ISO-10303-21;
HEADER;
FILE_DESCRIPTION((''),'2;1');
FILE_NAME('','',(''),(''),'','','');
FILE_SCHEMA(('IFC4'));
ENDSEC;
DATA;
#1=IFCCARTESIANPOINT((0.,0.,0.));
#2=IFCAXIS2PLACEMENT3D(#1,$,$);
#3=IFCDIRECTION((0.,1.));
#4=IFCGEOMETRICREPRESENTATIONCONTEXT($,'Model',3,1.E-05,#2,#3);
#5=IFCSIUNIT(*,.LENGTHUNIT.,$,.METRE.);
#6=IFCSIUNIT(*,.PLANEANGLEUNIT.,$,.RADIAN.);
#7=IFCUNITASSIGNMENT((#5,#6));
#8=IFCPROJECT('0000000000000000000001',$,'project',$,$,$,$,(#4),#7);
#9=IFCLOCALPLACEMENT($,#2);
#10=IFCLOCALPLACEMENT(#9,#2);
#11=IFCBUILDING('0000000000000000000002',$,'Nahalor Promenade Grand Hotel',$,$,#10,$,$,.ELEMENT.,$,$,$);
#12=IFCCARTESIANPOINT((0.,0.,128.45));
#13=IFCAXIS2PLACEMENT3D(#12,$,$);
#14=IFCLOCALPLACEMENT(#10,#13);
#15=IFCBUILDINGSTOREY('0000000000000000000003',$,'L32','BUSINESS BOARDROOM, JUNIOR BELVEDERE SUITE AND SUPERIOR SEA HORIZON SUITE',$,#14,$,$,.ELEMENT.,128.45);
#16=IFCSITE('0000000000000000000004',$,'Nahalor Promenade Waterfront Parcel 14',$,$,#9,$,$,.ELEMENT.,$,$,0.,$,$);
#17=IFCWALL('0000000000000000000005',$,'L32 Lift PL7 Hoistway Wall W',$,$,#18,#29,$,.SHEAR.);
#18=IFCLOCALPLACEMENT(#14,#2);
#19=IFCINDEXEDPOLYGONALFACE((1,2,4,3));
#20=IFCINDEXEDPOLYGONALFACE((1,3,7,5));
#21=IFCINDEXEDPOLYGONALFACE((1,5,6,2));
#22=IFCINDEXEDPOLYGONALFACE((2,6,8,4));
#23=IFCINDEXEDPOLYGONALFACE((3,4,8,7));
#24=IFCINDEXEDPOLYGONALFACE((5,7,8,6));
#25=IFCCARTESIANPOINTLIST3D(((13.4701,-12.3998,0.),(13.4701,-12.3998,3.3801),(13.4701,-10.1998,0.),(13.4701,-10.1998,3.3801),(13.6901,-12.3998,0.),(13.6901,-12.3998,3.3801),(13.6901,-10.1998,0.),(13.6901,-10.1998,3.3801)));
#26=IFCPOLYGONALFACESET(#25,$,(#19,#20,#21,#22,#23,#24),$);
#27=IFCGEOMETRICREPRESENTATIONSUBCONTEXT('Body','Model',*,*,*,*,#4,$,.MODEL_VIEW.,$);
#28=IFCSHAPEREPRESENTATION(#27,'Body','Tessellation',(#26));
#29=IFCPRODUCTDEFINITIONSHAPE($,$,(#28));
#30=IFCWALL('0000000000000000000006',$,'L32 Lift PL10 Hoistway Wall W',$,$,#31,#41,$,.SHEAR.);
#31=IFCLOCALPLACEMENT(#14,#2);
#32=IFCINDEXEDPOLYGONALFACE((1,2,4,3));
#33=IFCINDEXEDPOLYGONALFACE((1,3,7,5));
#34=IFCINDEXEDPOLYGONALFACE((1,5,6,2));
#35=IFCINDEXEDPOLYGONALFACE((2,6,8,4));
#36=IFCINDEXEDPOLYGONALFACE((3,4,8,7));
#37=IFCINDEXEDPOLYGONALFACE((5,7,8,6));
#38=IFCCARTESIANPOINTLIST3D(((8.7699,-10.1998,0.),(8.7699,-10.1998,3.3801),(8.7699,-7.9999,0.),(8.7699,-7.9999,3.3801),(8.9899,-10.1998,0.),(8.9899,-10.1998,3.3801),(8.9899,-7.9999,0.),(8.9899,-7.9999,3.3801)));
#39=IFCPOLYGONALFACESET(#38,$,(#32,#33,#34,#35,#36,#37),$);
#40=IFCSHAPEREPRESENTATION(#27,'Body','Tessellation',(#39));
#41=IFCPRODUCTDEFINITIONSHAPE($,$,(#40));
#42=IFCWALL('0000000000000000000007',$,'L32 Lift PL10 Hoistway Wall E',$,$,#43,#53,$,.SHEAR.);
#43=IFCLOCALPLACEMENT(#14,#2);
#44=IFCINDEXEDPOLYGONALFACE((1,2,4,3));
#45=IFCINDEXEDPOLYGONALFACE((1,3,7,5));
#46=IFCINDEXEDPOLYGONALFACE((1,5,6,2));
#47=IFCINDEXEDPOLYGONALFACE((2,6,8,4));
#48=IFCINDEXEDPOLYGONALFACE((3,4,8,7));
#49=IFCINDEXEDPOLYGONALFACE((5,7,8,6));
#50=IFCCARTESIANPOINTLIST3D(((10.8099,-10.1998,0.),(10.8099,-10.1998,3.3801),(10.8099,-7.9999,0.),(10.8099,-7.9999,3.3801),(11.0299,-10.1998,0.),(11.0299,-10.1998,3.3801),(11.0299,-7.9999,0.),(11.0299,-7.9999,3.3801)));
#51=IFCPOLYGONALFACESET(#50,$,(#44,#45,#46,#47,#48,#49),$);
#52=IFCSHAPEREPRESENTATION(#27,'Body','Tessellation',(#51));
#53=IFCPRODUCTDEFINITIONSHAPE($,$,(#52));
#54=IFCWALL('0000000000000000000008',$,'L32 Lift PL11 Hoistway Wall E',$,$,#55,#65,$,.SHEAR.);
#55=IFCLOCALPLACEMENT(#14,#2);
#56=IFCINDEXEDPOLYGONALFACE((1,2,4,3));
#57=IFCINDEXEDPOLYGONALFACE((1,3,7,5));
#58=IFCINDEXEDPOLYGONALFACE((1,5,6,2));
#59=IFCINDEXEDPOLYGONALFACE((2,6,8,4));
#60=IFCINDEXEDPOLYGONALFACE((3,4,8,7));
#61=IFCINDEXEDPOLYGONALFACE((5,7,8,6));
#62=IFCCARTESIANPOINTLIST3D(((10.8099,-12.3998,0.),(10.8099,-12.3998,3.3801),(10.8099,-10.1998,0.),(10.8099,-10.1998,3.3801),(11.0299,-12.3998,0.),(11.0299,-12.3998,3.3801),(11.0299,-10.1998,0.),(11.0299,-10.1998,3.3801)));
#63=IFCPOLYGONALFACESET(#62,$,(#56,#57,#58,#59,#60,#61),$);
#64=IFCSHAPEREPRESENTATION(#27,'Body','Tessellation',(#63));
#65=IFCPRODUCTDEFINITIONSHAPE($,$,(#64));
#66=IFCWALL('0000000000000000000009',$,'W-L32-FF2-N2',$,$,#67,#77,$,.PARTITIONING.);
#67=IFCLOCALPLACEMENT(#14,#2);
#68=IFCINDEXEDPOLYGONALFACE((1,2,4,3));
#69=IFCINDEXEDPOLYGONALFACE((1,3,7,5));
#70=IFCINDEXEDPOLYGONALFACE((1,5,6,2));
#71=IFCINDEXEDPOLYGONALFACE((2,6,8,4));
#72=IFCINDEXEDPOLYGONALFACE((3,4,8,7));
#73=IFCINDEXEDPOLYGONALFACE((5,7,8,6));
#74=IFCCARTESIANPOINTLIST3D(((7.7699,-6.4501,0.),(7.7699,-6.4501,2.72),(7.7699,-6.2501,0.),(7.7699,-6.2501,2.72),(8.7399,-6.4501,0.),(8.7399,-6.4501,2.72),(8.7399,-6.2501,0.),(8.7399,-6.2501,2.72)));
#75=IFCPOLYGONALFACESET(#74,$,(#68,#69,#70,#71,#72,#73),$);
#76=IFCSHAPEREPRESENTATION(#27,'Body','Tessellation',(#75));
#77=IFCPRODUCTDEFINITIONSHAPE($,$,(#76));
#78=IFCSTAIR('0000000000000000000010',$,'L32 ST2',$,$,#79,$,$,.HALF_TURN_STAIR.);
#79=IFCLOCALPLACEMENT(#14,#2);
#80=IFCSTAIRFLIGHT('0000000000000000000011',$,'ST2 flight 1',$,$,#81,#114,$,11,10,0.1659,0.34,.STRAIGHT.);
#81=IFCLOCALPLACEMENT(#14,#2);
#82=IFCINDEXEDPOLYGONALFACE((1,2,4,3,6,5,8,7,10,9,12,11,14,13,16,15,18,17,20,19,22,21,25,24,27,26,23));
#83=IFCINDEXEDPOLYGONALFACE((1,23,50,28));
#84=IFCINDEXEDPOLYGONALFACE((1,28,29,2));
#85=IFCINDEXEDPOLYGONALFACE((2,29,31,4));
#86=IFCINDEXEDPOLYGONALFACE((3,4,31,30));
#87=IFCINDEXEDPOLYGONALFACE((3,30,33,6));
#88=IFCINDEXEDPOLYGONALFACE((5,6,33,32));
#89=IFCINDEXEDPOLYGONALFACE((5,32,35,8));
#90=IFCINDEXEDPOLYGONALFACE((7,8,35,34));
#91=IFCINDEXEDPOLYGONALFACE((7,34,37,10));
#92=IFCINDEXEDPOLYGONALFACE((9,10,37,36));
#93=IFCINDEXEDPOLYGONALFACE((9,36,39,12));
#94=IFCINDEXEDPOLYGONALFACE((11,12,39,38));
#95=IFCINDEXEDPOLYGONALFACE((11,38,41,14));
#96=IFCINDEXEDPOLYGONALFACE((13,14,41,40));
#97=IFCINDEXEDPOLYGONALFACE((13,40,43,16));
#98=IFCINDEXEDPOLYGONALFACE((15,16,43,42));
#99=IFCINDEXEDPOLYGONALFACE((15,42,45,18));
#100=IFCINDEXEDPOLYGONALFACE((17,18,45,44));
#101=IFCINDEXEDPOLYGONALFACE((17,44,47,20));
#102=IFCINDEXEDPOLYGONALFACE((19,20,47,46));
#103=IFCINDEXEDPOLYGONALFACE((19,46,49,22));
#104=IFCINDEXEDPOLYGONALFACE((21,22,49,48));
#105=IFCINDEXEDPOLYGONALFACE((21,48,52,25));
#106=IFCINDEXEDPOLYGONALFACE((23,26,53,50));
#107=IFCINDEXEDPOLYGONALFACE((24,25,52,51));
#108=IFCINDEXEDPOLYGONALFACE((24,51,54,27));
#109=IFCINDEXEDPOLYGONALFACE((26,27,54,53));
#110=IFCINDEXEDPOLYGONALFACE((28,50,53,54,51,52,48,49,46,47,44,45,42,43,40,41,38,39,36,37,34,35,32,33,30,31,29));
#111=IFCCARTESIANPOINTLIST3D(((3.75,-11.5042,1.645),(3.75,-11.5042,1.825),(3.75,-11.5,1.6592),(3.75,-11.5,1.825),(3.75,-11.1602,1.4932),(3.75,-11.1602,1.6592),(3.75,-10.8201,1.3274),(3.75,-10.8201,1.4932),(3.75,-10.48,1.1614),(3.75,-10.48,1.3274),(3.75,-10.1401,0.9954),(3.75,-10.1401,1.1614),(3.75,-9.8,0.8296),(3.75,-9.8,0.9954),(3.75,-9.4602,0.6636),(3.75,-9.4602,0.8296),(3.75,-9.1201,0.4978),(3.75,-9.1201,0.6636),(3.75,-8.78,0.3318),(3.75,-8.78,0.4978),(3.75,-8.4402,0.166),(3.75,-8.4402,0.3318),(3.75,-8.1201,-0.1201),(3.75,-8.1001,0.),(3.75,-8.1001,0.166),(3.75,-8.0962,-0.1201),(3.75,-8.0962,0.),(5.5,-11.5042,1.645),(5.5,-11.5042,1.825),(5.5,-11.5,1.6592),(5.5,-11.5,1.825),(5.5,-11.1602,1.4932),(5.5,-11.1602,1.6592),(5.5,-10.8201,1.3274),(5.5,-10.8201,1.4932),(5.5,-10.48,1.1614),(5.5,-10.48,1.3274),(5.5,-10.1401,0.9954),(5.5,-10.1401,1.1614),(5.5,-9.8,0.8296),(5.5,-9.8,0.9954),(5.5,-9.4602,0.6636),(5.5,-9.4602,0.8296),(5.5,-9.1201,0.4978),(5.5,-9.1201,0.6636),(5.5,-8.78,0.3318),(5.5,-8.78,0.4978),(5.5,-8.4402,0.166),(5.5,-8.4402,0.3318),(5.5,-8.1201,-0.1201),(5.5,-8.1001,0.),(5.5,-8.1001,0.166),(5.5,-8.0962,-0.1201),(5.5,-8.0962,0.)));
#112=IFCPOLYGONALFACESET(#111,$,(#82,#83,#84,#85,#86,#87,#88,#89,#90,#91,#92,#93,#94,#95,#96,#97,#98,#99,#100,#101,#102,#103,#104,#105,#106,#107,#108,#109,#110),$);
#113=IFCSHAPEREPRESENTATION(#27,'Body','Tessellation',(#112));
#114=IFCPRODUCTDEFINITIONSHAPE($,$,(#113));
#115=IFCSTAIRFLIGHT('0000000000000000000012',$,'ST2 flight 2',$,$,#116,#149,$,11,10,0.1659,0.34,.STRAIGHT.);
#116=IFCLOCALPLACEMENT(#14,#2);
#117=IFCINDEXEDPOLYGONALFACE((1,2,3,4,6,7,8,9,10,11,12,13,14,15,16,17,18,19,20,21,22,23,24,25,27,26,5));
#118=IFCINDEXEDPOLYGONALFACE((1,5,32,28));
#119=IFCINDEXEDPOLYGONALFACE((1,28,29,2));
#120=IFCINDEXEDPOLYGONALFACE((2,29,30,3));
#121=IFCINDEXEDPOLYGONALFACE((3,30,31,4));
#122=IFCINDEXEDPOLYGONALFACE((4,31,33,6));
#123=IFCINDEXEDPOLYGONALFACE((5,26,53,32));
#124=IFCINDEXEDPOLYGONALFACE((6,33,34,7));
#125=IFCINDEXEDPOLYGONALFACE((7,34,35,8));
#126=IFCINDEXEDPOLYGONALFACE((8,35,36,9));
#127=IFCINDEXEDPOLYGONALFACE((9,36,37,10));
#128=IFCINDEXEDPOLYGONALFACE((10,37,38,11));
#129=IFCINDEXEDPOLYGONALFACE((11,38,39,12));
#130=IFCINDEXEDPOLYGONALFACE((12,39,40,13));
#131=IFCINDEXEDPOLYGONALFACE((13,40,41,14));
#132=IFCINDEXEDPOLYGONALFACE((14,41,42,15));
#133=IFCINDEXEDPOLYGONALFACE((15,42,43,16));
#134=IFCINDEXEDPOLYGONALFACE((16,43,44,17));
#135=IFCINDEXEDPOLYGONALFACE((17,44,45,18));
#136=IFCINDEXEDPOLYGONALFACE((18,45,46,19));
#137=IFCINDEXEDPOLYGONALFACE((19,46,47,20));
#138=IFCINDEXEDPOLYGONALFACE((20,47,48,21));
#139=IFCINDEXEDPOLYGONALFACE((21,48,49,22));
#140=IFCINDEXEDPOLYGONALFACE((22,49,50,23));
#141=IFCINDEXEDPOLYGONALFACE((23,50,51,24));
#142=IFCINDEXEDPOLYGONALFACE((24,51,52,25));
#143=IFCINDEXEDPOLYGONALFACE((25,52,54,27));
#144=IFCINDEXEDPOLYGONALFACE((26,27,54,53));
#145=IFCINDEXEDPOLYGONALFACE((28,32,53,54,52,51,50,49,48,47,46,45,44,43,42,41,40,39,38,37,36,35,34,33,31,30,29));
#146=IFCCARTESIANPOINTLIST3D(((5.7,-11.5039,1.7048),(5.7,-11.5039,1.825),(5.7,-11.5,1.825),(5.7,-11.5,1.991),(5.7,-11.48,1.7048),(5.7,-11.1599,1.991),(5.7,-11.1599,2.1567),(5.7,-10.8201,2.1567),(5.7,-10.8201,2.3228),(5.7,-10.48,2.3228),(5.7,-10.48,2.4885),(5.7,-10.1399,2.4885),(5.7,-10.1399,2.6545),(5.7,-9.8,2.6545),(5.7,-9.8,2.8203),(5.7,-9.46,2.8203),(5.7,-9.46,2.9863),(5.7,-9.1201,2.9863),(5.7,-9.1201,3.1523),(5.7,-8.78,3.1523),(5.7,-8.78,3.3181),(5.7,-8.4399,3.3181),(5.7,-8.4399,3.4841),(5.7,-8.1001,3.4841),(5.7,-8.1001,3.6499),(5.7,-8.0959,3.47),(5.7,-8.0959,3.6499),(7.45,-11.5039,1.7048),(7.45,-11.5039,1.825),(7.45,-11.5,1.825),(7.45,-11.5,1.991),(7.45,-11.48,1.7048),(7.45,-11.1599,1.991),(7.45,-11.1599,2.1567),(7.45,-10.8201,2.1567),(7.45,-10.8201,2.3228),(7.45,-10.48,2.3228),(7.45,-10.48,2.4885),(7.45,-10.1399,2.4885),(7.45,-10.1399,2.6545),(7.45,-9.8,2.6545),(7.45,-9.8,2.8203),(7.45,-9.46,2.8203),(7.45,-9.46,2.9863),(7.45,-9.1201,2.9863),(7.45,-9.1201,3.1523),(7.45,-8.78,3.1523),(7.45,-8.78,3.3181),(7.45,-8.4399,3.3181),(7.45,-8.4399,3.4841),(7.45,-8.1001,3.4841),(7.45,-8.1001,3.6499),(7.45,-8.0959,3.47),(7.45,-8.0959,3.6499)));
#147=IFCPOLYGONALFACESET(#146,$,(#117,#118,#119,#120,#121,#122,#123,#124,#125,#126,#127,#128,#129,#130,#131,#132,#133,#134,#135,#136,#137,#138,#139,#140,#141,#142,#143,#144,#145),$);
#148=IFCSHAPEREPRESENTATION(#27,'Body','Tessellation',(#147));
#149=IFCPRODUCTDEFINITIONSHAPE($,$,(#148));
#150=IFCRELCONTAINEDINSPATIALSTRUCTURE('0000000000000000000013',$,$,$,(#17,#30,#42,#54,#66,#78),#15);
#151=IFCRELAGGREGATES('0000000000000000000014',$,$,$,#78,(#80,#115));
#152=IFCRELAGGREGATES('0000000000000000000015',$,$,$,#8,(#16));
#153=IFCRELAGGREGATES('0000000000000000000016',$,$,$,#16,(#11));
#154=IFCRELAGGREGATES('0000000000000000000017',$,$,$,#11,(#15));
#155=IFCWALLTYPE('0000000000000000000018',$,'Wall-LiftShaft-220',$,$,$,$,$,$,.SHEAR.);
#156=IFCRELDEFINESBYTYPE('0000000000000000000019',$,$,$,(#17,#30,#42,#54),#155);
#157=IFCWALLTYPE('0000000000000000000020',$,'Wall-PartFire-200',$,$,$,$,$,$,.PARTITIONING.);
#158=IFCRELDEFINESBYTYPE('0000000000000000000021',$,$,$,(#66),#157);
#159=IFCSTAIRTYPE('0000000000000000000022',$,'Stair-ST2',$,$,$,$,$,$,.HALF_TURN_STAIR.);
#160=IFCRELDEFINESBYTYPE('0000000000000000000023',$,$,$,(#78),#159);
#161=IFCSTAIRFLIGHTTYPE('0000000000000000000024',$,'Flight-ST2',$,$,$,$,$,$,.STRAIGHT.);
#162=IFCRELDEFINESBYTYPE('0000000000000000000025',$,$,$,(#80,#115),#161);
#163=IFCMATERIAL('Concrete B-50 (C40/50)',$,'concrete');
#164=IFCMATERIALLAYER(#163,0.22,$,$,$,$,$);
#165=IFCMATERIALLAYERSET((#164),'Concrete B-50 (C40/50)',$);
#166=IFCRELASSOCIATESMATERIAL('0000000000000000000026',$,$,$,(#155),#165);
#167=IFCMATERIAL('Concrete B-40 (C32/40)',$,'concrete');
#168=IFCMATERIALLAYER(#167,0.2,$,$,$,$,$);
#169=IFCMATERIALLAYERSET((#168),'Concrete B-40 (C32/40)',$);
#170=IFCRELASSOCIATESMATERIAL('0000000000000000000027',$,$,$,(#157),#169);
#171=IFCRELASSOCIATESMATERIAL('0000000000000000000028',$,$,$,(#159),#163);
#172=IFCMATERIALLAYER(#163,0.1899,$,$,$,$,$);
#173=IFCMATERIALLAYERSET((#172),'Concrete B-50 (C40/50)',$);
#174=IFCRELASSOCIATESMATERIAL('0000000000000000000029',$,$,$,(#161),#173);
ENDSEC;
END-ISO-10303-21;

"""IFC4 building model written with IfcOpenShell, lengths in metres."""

from ifc_helpers import new_model, si_unit, direction, frame, frame_2d, origin, place, context, subcontext, project, spatial, polyline, rectangle, outline, extrude, source, transform, mapped, material, layer, layer_set, type_object, element, aggregate, save


model = new_model("IFC4")

# Units and contexts
model_context = context("Model", 3, precision=1e-05, world=origin(), true_north=direction((0.0, 1.0)))
body_context = subcontext(model_context, "Body", "Model", "MODEL_VIEW")
ifc_project = project(units=[si_unit("LENGTHUNIT", "METRE"), si_unit("PLANEANGLEUNIT", "RADIAN")], contexts=[model_context])

# Site, building, storey
site_placement = place(None, origin())
site = spatial("IfcSite", under=ifc_project, at=site_placement, Name="Nahalor Promenade Waterfront Parcel 14", CompositionType="ELEMENT", RefElevation=0.0)
building_placement = place(site_placement, origin())
building = spatial("IfcBuilding", under=site, at=building_placement, Name="Nahalor Promenade Grand Hotel", CompositionType="ELEMENT")
storey_placement = place(building_placement, frame((0.0, 0.0, 128.45)))
storey = spatial("IfcBuildingStorey", under=building, at=storey_placement, Name="L32", Description="BUSINESS BOARDROOM, JUNIOR BELVEDERE SUITE AND SUPERIOR SEA HORIZON SUITE", CompositionType="ELEMENT", Elevation=128.45)

# Walls
ifc_material_1 = material(Name="Concrete B-50 (C40/50)", Category="concrete")
ifc_layer_1 = layer(ifc_material_1, 0.22)
ifc_layer_set_1 = layer_set([ifc_layer_1], Name="Concrete B-50 (C40/50)")
wall_type_1 = type_object("IfcWallType", Name="Wall-LiftShaft-220", PredefinedType="SHEAR", material=ifc_layer_set_1)
shared_shape_1 = source(origin(), body_context, "Body", "SweptSolid", [
    extrude(rectangle(XDim=2.2, YDim=0.22, at=frame_2d((1.1001, 0.0))), origin(), (0.0, 0.0, 1.0), 3.3801),
])
for number, where, z_axis, x_axis, name in (
    (1, (13.5801, -12.3999, 0.0), (0.0, 0.0, 1.0), (0.0, 1.0, 0.0), "L32 Lift PL7 Hoistway Wall W"),
    (2, (8.8799, -10.2, 0.0), (0.0, 0.0, 1.0), (0.0, 1.0, 0.0), "L32 Lift PL10 Hoistway Wall W"),
    (3, (10.9199, -10.2, 0.0), (0.0, 0.0, 1.0), (0.0, 1.0, 0.0), "L32 Lift PL10 Hoistway Wall E"),
    (4, (10.9199, -12.3999, 0.0), (0.0, 0.0, 1.0), (0.0, 1.0, 0.0), "L32 Lift PL11 Hoistway Wall E"),
):
    element("IfcWall", number, at=place(storey_placement, frame(where, z_axis=z_axis, x_axis=x_axis)), inside=storey, type_object=wall_type_1, Name=name, PredefinedType="SHEAR", context=body_context, shape_type="MappedRepresentation", body=[
        mapped(shared_shape_1, transform((0.0, 0.0, 0.0), scale=1.0)),
    ])
ifc_material_2 = material(Name="Concrete B-40 (C32/40)", Category="concrete")
ifc_layer_2 = layer(ifc_material_2, 0.2)
ifc_layer_set_2 = layer_set([ifc_layer_2], Name="Concrete B-40 (C32/40)")
wall_type_2 = type_object("IfcWallType", Name="Wall-PartFire-200", PredefinedType="PARTITIONING", material=ifc_layer_set_2)
shared_shape_2 = source(origin(), body_context, "Body", "SweptSolid", [
    extrude(rectangle(XDim=0.97, YDim=0.2, at=frame_2d((0.4849, 0.0))), origin(), (0.0, 0.0, 1.0), 2.72),
])
wall_1_placement = place(storey_placement, frame((7.77, -6.3501, 0.0), z_axis=(0.0, 0.0, 1.0), x_axis=(1.0, 0.0, 0.0)))
element("IfcWall", 5, at=wall_1_placement, inside=storey, type_object=wall_type_2, Name="W-L32-FF2-N2", PredefinedType="PARTITIONING", context=body_context, shape_type="MappedRepresentation", body=[
    mapped(shared_shape_2, transform((0.0, 0.0, 0.0), scale=1.0)),
])

# Stair, stair flights
stair_type = type_object("IfcStairType", Name="Stair-ST2", PredefinedType="HALF_TURN_STAIR", material=ifc_material_1)
stair_placement = place(storey_placement, origin())
stair = element("IfcStair", 6, at=stair_placement, inside=storey, type_object=stair_type, Name="L32 ST2", PredefinedType="HALF_TURN_STAIR")
ifc_layer_3 = layer(ifc_material_1, 0.1899)
ifc_layer_set_3 = layer_set([ifc_layer_3], Name="Concrete B-50 (C40/50)")
stair_flight_type = type_object("IfcStairFlightType", Name="Flight-ST2", PredefinedType="STRAIGHT", material=ifc_layer_set_3)
shared_shape_3 = source(origin(), body_context, "Body", "SweptSolid", [
    extrude(outline(polyline([(-0.0039, -0.1201), (-0.0039, 0.0), (0.0, 0.0), (0.0, 0.166), (0.3401, 0.166), (0.3401, 0.3318), (0.6799, 0.3318), (0.6799, 0.4978), (1.02, 0.4978), (1.02, 0.6636), (1.3601, 0.6636), (1.3601, 0.8296), (1.7, 0.8296), (1.7, 0.9954), (2.04, 0.9954), (2.04, 1.1614), (2.3799, 1.1614), (2.3799, 1.3274), (2.72, 1.3274), (2.72, 1.4932), (3.0601, 1.4932), (3.0601, 1.6592), (3.3999, 1.6592), (3.3999, 1.825), (3.4041, 1.825), (3.4041, 1.645), (0.02, -0.1201), (-0.0039, -0.1201)])), frame((0.0, 0.875, 0.0), z_axis=(0.0, -1.0, 0.0), x_axis=(1.0, 0.0, 0.0)), (0.0, 0.0, 1.0), 1.75),
])
stair_flight_1_placement = place(storey_placement, frame((4.625, -8.1001, 0.0), z_axis=(0.0, 0.0, 1.0), x_axis=(0.0, -1.0, 0.0)))
stair_flight_1 = element("IfcStairFlight", 7, at=stair_flight_1_placement, type_object=stair_flight_type, Name="ST2 flight 1", NumberOfRisers=11, NumberOfTreads=10, PredefinedType="STRAIGHT", RiserHeight=0.1659, TreadLength=0.34, context=body_context, shape_type="MappedRepresentation", body=[
    mapped(shared_shape_3, transform((0.0, 0.0, 0.0), scale=1.0)),
])
stair_flight_2_placement = place(storey_placement, frame((6.575, -11.5, 1.825), z_axis=(0.0, 0.0, 1.0), x_axis=(0.0, 1.0, 0.0)))
stair_flight_2 = element("IfcStairFlight", 8, at=stair_flight_2_placement, type_object=stair_flight_type, Name="ST2 flight 2", NumberOfRisers=11, NumberOfTreads=10, PredefinedType="STRAIGHT", RiserHeight=0.1659, TreadLength=0.34, context=body_context, shape_type="MappedRepresentation", body=[
    mapped(shared_shape_3, transform((0.0, 0.0, 0.0), scale=1.0)),
])
aggregate(stair, [stair_flight_1, stair_flight_2])

save(model, "model.ifc")
